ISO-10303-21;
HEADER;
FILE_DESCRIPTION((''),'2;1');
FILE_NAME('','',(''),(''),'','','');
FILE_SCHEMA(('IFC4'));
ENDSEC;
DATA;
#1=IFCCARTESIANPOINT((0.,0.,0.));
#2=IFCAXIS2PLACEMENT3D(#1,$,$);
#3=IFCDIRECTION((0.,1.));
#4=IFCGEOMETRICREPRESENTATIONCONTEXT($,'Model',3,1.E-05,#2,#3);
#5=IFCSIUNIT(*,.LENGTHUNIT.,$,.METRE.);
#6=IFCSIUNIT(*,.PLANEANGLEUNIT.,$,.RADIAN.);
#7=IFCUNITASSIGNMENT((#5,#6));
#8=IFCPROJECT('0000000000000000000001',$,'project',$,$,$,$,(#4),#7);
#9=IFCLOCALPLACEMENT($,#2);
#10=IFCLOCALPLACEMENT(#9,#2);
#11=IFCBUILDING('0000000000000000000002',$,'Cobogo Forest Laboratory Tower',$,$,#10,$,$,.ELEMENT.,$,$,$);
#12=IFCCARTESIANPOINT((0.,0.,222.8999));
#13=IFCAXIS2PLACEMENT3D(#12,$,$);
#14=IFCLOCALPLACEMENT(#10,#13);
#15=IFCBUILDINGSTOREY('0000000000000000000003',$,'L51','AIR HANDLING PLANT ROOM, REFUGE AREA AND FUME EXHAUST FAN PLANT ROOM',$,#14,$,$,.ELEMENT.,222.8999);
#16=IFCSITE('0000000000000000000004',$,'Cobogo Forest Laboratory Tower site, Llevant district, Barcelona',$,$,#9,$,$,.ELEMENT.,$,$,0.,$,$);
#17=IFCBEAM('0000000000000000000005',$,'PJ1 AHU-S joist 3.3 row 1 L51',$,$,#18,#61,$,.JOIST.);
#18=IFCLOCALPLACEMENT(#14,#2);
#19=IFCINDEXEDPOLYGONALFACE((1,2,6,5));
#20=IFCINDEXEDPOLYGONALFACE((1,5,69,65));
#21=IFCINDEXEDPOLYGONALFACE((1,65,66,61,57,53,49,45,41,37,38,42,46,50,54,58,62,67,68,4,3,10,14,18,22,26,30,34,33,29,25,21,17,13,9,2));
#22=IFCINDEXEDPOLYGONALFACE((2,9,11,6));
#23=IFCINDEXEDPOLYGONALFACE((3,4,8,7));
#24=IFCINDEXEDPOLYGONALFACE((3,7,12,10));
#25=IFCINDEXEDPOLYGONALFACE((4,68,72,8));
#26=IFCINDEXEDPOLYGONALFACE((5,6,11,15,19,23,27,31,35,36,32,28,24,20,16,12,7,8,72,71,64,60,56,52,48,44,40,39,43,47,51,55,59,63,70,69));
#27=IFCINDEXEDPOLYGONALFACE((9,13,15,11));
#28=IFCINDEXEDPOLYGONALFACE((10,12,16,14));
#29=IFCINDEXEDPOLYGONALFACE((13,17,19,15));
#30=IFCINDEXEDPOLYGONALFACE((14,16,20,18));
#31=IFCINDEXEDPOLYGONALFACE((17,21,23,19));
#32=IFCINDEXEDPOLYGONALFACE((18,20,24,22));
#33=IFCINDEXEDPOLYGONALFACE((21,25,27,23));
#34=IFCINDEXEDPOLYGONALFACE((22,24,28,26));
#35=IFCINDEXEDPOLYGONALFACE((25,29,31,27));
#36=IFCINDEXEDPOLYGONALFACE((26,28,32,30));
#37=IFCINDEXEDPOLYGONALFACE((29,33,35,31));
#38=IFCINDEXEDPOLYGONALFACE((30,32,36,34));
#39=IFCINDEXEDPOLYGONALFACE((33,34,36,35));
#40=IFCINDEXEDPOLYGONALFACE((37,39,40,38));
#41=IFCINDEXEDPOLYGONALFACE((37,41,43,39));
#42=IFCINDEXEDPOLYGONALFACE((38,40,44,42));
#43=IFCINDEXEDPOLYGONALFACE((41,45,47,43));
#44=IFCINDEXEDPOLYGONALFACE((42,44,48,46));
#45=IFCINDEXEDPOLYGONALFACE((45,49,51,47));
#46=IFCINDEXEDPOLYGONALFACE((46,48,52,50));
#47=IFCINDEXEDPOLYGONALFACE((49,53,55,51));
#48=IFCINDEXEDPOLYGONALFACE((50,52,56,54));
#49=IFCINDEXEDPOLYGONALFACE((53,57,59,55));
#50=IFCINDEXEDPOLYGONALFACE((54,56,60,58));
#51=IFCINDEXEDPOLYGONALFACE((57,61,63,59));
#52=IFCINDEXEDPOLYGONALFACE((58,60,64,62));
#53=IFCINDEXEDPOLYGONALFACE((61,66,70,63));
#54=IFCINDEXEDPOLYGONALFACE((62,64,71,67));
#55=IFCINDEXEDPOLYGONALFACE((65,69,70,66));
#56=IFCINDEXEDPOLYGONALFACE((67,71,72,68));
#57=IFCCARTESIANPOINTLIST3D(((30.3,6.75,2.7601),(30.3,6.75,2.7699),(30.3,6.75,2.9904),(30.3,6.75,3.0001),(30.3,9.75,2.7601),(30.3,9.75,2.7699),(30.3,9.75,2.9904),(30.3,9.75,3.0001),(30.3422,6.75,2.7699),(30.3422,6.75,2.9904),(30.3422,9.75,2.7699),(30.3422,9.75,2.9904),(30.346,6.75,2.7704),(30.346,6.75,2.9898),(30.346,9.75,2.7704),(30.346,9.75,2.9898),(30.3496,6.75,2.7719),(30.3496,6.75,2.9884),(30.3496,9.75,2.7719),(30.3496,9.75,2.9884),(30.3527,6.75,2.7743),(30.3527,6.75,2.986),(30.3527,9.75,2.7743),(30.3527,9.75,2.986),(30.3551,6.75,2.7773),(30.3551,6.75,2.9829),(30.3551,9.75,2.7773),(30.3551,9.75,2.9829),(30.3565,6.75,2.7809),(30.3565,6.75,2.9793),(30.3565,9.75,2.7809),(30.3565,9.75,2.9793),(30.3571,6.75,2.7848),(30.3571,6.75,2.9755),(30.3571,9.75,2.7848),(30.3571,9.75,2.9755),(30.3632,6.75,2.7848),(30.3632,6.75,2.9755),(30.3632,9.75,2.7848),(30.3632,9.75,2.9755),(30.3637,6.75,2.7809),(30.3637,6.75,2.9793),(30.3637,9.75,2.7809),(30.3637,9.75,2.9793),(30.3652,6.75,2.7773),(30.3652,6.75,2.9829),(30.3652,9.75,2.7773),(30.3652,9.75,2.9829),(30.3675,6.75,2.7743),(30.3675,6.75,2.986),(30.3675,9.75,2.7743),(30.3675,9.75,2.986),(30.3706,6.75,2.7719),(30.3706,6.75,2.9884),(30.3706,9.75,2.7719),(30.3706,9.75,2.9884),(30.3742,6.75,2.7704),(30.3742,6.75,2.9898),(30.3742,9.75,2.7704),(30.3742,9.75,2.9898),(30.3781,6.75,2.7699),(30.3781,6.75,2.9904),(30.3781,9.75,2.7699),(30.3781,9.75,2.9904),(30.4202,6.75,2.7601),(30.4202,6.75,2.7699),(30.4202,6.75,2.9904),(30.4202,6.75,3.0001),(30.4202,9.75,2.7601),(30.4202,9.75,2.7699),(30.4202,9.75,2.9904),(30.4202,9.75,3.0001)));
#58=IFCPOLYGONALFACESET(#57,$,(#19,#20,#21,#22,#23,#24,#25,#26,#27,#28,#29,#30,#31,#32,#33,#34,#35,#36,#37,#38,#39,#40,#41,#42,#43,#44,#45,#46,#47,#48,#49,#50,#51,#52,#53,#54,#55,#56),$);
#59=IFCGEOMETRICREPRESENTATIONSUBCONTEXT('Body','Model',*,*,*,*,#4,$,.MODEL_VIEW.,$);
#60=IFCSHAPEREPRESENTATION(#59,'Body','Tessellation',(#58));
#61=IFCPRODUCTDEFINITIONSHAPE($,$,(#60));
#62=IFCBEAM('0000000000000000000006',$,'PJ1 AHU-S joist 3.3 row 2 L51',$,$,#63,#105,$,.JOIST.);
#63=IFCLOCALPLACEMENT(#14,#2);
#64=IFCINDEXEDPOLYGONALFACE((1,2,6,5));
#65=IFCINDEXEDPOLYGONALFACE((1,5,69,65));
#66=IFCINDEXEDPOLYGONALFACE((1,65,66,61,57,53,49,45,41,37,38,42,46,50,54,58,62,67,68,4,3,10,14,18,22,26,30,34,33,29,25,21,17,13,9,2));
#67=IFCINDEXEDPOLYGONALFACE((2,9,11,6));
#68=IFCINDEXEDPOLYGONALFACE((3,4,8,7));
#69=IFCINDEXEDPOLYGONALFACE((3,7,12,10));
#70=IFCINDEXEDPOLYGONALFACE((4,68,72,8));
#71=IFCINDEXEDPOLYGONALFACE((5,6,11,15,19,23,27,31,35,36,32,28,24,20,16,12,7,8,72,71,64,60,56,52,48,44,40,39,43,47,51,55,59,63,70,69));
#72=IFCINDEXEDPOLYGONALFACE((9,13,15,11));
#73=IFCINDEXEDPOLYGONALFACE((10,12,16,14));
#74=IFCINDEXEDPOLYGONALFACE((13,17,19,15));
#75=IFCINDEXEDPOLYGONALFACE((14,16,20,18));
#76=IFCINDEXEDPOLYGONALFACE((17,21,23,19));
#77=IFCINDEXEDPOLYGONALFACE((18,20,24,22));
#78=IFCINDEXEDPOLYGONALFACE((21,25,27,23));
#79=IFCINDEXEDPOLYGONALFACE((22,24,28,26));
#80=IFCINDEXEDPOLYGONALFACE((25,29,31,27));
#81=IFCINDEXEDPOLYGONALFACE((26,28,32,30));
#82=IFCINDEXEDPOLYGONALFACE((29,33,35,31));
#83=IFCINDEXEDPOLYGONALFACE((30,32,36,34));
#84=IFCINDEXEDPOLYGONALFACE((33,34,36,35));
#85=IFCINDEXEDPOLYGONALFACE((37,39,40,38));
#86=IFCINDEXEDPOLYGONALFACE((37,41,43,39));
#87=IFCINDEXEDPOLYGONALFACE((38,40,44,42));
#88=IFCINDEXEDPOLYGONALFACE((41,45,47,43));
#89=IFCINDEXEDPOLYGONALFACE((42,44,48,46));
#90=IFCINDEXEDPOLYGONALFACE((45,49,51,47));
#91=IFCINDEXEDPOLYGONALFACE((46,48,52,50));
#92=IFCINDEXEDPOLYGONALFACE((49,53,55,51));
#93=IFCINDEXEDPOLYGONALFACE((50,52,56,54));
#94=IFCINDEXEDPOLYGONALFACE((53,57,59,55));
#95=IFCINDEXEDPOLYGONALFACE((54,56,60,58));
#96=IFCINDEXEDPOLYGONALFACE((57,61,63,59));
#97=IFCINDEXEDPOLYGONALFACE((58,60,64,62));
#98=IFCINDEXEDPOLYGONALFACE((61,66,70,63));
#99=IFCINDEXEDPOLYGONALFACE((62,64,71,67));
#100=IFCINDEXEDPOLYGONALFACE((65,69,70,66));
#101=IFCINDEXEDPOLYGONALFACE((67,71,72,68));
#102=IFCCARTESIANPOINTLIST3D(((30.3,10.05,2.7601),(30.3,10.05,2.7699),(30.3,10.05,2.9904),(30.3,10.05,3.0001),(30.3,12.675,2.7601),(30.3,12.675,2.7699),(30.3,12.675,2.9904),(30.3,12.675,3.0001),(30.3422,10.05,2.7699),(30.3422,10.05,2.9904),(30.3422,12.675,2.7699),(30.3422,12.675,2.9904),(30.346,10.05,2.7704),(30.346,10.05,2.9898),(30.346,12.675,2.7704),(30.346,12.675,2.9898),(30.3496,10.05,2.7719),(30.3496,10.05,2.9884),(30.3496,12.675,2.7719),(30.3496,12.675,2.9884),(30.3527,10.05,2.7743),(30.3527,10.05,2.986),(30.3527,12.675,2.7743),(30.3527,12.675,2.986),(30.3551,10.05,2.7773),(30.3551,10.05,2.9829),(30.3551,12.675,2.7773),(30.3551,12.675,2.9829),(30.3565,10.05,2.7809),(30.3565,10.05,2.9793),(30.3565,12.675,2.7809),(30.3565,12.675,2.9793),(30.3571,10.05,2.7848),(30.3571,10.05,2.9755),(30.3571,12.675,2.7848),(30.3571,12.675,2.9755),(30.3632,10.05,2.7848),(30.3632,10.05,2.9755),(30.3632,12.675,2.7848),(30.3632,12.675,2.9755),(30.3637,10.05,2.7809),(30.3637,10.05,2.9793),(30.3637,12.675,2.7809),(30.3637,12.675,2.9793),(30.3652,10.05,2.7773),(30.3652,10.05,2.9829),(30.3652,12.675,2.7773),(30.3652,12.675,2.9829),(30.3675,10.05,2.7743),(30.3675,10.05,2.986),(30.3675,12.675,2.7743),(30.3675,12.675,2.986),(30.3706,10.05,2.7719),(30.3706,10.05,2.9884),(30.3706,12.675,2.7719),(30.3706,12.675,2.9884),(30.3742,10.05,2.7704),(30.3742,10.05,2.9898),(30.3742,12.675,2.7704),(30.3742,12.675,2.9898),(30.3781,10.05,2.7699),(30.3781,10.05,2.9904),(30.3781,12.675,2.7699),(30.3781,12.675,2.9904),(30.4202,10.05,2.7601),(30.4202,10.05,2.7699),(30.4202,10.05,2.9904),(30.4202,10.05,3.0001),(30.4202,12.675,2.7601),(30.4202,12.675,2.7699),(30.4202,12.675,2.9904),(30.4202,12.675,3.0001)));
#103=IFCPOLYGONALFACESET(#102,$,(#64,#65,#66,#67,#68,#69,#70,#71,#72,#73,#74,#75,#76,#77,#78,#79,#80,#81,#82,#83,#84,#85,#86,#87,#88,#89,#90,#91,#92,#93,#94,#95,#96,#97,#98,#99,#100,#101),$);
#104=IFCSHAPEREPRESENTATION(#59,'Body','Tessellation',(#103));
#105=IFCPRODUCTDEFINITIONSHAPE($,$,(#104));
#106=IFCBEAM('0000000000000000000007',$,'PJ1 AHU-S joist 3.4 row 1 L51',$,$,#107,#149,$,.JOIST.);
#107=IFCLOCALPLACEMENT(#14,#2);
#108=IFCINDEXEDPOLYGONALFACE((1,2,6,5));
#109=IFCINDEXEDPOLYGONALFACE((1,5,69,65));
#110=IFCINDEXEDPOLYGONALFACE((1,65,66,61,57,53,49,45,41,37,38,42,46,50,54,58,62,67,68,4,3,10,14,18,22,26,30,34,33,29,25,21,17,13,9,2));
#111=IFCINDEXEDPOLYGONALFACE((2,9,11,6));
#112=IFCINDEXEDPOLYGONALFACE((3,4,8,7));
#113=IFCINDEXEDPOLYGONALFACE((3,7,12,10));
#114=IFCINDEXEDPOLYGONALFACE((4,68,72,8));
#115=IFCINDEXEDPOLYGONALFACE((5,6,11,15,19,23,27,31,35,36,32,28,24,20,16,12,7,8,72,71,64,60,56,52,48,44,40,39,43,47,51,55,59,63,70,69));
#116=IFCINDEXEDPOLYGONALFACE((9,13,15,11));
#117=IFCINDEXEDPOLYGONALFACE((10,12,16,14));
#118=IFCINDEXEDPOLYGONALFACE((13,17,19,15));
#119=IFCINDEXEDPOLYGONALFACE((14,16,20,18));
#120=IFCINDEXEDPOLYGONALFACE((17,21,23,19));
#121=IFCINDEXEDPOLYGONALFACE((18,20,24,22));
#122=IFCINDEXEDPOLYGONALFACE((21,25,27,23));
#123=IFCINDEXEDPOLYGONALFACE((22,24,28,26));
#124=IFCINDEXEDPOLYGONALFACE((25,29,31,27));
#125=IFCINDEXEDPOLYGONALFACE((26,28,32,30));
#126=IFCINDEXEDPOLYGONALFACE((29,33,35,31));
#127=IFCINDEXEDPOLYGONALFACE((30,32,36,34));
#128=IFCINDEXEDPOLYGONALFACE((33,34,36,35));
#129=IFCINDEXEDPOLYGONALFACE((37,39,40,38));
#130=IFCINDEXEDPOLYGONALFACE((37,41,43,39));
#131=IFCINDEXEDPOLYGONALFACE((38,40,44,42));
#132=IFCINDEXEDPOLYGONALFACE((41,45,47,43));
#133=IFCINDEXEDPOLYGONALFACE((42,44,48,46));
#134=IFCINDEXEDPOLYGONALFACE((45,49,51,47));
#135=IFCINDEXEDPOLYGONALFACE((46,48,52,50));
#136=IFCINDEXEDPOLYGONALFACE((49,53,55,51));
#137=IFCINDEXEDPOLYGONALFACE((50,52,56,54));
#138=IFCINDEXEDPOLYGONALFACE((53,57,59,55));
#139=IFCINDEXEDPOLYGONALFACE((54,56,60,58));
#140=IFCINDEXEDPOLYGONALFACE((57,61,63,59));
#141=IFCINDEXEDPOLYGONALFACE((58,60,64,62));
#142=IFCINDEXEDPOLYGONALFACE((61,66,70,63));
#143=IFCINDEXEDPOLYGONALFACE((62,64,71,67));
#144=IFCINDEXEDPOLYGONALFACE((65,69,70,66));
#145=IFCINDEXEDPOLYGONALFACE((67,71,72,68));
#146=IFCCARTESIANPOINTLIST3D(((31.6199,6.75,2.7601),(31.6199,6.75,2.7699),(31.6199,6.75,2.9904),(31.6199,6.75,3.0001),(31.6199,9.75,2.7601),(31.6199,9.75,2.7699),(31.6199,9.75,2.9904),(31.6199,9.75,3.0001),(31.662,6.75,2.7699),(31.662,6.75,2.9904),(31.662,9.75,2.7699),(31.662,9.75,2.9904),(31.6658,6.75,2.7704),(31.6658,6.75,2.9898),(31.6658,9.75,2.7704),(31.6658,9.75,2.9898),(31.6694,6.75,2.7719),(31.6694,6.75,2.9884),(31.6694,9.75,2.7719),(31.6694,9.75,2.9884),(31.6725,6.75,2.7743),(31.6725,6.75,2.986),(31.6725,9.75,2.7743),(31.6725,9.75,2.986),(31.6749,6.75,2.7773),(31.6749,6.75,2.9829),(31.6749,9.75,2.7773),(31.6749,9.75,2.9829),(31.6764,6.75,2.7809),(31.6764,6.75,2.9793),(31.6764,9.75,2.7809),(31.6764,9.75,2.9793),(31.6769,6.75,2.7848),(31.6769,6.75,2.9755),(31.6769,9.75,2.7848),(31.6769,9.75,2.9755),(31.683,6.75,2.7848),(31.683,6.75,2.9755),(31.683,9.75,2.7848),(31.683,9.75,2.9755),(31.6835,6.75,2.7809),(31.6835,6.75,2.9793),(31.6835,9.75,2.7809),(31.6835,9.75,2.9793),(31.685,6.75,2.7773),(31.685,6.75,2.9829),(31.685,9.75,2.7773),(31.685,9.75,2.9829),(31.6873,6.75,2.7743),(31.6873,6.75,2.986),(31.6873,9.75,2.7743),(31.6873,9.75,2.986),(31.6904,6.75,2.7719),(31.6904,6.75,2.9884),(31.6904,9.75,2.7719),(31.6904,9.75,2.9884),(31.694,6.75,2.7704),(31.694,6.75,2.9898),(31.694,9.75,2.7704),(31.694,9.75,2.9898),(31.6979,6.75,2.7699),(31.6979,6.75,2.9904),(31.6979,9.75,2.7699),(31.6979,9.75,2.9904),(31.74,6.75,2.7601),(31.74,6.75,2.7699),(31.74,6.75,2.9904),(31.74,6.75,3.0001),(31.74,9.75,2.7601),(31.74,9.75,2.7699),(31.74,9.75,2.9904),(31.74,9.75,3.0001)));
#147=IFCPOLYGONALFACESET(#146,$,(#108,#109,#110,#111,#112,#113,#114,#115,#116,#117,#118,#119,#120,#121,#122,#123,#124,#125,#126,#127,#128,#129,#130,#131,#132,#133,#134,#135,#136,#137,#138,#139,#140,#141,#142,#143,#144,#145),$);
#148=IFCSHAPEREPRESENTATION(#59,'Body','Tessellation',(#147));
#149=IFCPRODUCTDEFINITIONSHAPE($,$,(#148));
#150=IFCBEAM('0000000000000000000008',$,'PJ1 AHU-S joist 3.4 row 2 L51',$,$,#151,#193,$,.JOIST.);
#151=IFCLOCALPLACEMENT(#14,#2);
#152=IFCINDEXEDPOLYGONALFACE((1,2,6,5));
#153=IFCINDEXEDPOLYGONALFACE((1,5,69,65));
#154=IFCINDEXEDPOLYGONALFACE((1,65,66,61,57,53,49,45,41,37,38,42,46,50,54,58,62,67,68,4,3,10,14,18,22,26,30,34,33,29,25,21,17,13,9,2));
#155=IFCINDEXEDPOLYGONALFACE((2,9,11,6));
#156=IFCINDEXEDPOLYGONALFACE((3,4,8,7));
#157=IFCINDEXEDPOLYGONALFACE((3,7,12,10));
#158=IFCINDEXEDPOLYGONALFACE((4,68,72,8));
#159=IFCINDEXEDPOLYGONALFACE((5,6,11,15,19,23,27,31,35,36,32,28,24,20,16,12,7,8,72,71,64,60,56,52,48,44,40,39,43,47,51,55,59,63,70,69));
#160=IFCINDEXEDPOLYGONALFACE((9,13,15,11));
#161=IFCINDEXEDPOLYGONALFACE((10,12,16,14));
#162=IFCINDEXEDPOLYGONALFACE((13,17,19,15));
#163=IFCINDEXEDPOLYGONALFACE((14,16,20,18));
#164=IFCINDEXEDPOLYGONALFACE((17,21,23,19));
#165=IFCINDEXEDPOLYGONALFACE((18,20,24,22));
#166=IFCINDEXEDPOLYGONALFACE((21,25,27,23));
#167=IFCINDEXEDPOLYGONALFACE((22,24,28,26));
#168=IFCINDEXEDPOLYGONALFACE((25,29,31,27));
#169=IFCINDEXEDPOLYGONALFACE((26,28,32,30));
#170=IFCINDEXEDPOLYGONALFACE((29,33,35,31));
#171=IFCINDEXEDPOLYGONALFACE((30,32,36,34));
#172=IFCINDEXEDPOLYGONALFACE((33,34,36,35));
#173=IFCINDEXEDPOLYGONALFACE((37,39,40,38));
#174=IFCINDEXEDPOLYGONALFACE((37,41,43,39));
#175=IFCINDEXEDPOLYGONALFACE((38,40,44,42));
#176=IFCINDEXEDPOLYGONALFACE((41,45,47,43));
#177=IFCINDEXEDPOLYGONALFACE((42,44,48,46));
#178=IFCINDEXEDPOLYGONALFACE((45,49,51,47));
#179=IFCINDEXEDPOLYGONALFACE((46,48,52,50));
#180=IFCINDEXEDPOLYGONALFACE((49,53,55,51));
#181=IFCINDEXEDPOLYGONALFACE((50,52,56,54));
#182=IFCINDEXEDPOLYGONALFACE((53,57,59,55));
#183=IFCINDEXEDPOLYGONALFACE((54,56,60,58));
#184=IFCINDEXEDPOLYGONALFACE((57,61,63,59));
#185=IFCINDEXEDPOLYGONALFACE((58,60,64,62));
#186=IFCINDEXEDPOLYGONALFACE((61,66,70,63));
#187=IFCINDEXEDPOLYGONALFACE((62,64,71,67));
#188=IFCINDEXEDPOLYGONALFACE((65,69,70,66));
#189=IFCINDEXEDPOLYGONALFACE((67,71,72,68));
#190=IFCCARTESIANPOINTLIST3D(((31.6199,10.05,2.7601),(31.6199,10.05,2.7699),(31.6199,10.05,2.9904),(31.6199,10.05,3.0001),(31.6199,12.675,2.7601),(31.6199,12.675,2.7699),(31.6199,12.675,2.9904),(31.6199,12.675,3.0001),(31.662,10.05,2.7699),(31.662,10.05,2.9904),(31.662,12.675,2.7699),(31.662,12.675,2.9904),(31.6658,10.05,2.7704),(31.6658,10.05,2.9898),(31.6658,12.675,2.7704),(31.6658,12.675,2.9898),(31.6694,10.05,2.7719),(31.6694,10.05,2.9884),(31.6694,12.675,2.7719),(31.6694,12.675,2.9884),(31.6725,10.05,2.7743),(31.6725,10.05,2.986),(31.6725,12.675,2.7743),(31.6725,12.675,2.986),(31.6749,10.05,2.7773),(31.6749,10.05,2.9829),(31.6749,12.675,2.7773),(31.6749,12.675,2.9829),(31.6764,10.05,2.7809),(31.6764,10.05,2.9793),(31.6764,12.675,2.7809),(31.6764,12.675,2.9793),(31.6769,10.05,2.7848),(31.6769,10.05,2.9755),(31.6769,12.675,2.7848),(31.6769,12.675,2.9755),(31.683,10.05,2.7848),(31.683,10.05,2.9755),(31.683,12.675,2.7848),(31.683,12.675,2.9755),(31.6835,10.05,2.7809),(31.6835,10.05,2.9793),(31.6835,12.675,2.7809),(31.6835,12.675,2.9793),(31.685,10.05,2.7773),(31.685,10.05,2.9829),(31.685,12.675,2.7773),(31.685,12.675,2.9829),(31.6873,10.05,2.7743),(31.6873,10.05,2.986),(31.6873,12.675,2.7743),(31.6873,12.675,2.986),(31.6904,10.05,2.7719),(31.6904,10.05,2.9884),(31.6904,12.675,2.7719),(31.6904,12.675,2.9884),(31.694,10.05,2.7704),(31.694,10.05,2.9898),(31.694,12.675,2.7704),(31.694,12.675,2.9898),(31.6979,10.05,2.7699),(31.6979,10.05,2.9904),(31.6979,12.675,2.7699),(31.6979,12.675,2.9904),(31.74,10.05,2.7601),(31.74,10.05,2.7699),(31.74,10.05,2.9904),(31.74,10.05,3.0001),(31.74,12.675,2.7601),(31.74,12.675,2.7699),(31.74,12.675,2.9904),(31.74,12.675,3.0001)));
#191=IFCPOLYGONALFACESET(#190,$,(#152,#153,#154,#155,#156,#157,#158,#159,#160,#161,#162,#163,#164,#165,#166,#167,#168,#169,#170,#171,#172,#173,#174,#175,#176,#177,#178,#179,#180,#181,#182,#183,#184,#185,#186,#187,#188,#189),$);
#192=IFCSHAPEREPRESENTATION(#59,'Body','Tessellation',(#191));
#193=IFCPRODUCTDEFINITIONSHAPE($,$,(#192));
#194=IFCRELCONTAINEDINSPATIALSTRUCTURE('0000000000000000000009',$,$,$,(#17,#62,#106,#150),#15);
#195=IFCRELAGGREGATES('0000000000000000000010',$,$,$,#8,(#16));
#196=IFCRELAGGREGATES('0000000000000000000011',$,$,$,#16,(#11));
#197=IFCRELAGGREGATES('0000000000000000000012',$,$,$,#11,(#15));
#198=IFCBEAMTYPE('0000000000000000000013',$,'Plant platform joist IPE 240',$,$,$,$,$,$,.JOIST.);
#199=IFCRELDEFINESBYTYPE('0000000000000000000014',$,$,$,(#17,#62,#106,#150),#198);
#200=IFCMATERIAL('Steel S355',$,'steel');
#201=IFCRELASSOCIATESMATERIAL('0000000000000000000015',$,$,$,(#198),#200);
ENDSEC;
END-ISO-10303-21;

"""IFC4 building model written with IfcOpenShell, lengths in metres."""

from ifc_helpers import new_model, si_unit, direction, frame, origin, origin_2d, place, context, subcontext, project, spatial, i_section, extrude, material, material_profile, profile_set, type_object, element, save


model = new_model("IFC4")

# Units and contexts
model_context = context("Model", 3, precision=1e-05, world=origin(), true_north=direction((0.0, 1.0)))
body_context = subcontext(model_context, "Body", "Model", "MODEL_VIEW")
ifc_project = project(units=[si_unit("LENGTHUNIT", "METRE"), si_unit("PLANEANGLEUNIT", "RADIAN")], contexts=[model_context])

# Site, building, storey
site_placement = place(None, origin())
site = spatial("IfcSite", under=ifc_project, at=site_placement, Name="Cobogo Forest Laboratory Tower site, Llevant district, Barcelona", CompositionType="ELEMENT", RefElevation=0.0)
building_placement = place(site_placement, origin())
building = spatial("IfcBuilding", under=site, at=building_placement, Name="Cobogo Forest Laboratory Tower", CompositionType="ELEMENT")
storey_placement = place(building_placement, frame((0.0, 0.0, 222.8999)))
storey = spatial("IfcBuildingStorey", under=building, at=storey_placement, Name="L51", Description="AIR HANDLING PLANT ROOM, REFUGE AREA AND FUME EXHAUST FAN PLANT ROOM", CompositionType="ELEMENT", Elevation=222.8999)

# Beams
ifc_material = material(Name="Steel S355", Category="steel")
ifc_material_profile_1 = material_profile(ifc_material, i_section(OverallWidth=0.1201, OverallDepth=0.24, WebThickness=0.0061, FlangeThickness=0.0098, FilletRadius=0.0149, at=origin_2d()), Name="IPE 240")
ifc_profile_set_1 = profile_set([ifc_material_profile_1], Name="Steel S355")
beam_type_1 = type_object("IfcBeamType", Name="Plant platform joist IPE 240", PredefinedType="JOIST", material=ifc_profile_set_1)
beam_1_placement = place(storey_placement, frame((30.3601, 6.75, 2.8801), z_axis=(0.0, 1.0, 0.0), x_axis=(-1.0, 0.0, 0.0)))
element("IfcBeam", 1, at=beam_1_placement, inside=storey, type_object=beam_type_1, Name="PJ1 AHU-S joist 3.3 row 1 L51", PredefinedType="JOIST", context=body_context, shape_type="SweptSolid", body=[
    extrude(i_section(OverallWidth=0.1201, OverallDepth=0.24, WebThickness=0.0061, FlangeThickness=0.0098, FilletRadius=0.0149, at=origin_2d()), origin(), (0.0, 0.0, 1.0), 3.0),
])
beam_2_placement = place(storey_placement, frame((30.3601, 10.05, 2.8801), z_axis=(0.0, 1.0, 0.0), x_axis=(-1.0, 0.0, 0.0)))
element("IfcBeam", 2, at=beam_2_placement, inside=storey, type_object=beam_type_1, Name="PJ1 AHU-S joist 3.3 row 2 L51", PredefinedType="JOIST", context=body_context, shape_type="SweptSolid", body=[
    extrude(i_section(OverallWidth=0.1201, OverallDepth=0.24, WebThickness=0.0061, FlangeThickness=0.0098, FilletRadius=0.0149, at=origin_2d()), origin(), (0.0, 0.0, 1.0), 2.625),
])
beam_3_placement = place(storey_placement, frame((31.6799, 6.75, 2.8801), z_axis=(0.0, 1.0, 0.0), x_axis=(-1.0, 0.0, 0.0)))
element("IfcBeam", 3, at=beam_3_placement, inside=storey, type_object=beam_type_1, Name="PJ1 AHU-S joist 3.4 row 1 L51", PredefinedType="JOIST", context=body_context, shape_type="SweptSolid", body=[
    extrude(i_section(OverallWidth=0.1201, OverallDepth=0.24, WebThickness=0.0061, FlangeThickness=0.0098, FilletRadius=0.0149, at=origin_2d()), origin(), (0.0, 0.0, 1.0), 3.0),
])
beam_4_placement = place(storey_placement, frame((31.6799, 10.05, 2.8801), z_axis=(0.0, 1.0, 0.0), x_axis=(-1.0, 0.0, 0.0)))
element("IfcBeam", 4, at=beam_4_placement, inside=storey, type_object=beam_type_1, Name="PJ1 AHU-S joist 3.4 row 2 L51", PredefinedType="JOIST", context=body_context, shape_type="SweptSolid", body=[
    extrude(i_section(OverallWidth=0.1201, OverallDepth=0.24, WebThickness=0.0061, FlangeThickness=0.0098, FilletRadius=0.0149, at=origin_2d()), origin(), (0.0, 0.0, 1.0), 2.625),
])

save(model, "model.ifc")
